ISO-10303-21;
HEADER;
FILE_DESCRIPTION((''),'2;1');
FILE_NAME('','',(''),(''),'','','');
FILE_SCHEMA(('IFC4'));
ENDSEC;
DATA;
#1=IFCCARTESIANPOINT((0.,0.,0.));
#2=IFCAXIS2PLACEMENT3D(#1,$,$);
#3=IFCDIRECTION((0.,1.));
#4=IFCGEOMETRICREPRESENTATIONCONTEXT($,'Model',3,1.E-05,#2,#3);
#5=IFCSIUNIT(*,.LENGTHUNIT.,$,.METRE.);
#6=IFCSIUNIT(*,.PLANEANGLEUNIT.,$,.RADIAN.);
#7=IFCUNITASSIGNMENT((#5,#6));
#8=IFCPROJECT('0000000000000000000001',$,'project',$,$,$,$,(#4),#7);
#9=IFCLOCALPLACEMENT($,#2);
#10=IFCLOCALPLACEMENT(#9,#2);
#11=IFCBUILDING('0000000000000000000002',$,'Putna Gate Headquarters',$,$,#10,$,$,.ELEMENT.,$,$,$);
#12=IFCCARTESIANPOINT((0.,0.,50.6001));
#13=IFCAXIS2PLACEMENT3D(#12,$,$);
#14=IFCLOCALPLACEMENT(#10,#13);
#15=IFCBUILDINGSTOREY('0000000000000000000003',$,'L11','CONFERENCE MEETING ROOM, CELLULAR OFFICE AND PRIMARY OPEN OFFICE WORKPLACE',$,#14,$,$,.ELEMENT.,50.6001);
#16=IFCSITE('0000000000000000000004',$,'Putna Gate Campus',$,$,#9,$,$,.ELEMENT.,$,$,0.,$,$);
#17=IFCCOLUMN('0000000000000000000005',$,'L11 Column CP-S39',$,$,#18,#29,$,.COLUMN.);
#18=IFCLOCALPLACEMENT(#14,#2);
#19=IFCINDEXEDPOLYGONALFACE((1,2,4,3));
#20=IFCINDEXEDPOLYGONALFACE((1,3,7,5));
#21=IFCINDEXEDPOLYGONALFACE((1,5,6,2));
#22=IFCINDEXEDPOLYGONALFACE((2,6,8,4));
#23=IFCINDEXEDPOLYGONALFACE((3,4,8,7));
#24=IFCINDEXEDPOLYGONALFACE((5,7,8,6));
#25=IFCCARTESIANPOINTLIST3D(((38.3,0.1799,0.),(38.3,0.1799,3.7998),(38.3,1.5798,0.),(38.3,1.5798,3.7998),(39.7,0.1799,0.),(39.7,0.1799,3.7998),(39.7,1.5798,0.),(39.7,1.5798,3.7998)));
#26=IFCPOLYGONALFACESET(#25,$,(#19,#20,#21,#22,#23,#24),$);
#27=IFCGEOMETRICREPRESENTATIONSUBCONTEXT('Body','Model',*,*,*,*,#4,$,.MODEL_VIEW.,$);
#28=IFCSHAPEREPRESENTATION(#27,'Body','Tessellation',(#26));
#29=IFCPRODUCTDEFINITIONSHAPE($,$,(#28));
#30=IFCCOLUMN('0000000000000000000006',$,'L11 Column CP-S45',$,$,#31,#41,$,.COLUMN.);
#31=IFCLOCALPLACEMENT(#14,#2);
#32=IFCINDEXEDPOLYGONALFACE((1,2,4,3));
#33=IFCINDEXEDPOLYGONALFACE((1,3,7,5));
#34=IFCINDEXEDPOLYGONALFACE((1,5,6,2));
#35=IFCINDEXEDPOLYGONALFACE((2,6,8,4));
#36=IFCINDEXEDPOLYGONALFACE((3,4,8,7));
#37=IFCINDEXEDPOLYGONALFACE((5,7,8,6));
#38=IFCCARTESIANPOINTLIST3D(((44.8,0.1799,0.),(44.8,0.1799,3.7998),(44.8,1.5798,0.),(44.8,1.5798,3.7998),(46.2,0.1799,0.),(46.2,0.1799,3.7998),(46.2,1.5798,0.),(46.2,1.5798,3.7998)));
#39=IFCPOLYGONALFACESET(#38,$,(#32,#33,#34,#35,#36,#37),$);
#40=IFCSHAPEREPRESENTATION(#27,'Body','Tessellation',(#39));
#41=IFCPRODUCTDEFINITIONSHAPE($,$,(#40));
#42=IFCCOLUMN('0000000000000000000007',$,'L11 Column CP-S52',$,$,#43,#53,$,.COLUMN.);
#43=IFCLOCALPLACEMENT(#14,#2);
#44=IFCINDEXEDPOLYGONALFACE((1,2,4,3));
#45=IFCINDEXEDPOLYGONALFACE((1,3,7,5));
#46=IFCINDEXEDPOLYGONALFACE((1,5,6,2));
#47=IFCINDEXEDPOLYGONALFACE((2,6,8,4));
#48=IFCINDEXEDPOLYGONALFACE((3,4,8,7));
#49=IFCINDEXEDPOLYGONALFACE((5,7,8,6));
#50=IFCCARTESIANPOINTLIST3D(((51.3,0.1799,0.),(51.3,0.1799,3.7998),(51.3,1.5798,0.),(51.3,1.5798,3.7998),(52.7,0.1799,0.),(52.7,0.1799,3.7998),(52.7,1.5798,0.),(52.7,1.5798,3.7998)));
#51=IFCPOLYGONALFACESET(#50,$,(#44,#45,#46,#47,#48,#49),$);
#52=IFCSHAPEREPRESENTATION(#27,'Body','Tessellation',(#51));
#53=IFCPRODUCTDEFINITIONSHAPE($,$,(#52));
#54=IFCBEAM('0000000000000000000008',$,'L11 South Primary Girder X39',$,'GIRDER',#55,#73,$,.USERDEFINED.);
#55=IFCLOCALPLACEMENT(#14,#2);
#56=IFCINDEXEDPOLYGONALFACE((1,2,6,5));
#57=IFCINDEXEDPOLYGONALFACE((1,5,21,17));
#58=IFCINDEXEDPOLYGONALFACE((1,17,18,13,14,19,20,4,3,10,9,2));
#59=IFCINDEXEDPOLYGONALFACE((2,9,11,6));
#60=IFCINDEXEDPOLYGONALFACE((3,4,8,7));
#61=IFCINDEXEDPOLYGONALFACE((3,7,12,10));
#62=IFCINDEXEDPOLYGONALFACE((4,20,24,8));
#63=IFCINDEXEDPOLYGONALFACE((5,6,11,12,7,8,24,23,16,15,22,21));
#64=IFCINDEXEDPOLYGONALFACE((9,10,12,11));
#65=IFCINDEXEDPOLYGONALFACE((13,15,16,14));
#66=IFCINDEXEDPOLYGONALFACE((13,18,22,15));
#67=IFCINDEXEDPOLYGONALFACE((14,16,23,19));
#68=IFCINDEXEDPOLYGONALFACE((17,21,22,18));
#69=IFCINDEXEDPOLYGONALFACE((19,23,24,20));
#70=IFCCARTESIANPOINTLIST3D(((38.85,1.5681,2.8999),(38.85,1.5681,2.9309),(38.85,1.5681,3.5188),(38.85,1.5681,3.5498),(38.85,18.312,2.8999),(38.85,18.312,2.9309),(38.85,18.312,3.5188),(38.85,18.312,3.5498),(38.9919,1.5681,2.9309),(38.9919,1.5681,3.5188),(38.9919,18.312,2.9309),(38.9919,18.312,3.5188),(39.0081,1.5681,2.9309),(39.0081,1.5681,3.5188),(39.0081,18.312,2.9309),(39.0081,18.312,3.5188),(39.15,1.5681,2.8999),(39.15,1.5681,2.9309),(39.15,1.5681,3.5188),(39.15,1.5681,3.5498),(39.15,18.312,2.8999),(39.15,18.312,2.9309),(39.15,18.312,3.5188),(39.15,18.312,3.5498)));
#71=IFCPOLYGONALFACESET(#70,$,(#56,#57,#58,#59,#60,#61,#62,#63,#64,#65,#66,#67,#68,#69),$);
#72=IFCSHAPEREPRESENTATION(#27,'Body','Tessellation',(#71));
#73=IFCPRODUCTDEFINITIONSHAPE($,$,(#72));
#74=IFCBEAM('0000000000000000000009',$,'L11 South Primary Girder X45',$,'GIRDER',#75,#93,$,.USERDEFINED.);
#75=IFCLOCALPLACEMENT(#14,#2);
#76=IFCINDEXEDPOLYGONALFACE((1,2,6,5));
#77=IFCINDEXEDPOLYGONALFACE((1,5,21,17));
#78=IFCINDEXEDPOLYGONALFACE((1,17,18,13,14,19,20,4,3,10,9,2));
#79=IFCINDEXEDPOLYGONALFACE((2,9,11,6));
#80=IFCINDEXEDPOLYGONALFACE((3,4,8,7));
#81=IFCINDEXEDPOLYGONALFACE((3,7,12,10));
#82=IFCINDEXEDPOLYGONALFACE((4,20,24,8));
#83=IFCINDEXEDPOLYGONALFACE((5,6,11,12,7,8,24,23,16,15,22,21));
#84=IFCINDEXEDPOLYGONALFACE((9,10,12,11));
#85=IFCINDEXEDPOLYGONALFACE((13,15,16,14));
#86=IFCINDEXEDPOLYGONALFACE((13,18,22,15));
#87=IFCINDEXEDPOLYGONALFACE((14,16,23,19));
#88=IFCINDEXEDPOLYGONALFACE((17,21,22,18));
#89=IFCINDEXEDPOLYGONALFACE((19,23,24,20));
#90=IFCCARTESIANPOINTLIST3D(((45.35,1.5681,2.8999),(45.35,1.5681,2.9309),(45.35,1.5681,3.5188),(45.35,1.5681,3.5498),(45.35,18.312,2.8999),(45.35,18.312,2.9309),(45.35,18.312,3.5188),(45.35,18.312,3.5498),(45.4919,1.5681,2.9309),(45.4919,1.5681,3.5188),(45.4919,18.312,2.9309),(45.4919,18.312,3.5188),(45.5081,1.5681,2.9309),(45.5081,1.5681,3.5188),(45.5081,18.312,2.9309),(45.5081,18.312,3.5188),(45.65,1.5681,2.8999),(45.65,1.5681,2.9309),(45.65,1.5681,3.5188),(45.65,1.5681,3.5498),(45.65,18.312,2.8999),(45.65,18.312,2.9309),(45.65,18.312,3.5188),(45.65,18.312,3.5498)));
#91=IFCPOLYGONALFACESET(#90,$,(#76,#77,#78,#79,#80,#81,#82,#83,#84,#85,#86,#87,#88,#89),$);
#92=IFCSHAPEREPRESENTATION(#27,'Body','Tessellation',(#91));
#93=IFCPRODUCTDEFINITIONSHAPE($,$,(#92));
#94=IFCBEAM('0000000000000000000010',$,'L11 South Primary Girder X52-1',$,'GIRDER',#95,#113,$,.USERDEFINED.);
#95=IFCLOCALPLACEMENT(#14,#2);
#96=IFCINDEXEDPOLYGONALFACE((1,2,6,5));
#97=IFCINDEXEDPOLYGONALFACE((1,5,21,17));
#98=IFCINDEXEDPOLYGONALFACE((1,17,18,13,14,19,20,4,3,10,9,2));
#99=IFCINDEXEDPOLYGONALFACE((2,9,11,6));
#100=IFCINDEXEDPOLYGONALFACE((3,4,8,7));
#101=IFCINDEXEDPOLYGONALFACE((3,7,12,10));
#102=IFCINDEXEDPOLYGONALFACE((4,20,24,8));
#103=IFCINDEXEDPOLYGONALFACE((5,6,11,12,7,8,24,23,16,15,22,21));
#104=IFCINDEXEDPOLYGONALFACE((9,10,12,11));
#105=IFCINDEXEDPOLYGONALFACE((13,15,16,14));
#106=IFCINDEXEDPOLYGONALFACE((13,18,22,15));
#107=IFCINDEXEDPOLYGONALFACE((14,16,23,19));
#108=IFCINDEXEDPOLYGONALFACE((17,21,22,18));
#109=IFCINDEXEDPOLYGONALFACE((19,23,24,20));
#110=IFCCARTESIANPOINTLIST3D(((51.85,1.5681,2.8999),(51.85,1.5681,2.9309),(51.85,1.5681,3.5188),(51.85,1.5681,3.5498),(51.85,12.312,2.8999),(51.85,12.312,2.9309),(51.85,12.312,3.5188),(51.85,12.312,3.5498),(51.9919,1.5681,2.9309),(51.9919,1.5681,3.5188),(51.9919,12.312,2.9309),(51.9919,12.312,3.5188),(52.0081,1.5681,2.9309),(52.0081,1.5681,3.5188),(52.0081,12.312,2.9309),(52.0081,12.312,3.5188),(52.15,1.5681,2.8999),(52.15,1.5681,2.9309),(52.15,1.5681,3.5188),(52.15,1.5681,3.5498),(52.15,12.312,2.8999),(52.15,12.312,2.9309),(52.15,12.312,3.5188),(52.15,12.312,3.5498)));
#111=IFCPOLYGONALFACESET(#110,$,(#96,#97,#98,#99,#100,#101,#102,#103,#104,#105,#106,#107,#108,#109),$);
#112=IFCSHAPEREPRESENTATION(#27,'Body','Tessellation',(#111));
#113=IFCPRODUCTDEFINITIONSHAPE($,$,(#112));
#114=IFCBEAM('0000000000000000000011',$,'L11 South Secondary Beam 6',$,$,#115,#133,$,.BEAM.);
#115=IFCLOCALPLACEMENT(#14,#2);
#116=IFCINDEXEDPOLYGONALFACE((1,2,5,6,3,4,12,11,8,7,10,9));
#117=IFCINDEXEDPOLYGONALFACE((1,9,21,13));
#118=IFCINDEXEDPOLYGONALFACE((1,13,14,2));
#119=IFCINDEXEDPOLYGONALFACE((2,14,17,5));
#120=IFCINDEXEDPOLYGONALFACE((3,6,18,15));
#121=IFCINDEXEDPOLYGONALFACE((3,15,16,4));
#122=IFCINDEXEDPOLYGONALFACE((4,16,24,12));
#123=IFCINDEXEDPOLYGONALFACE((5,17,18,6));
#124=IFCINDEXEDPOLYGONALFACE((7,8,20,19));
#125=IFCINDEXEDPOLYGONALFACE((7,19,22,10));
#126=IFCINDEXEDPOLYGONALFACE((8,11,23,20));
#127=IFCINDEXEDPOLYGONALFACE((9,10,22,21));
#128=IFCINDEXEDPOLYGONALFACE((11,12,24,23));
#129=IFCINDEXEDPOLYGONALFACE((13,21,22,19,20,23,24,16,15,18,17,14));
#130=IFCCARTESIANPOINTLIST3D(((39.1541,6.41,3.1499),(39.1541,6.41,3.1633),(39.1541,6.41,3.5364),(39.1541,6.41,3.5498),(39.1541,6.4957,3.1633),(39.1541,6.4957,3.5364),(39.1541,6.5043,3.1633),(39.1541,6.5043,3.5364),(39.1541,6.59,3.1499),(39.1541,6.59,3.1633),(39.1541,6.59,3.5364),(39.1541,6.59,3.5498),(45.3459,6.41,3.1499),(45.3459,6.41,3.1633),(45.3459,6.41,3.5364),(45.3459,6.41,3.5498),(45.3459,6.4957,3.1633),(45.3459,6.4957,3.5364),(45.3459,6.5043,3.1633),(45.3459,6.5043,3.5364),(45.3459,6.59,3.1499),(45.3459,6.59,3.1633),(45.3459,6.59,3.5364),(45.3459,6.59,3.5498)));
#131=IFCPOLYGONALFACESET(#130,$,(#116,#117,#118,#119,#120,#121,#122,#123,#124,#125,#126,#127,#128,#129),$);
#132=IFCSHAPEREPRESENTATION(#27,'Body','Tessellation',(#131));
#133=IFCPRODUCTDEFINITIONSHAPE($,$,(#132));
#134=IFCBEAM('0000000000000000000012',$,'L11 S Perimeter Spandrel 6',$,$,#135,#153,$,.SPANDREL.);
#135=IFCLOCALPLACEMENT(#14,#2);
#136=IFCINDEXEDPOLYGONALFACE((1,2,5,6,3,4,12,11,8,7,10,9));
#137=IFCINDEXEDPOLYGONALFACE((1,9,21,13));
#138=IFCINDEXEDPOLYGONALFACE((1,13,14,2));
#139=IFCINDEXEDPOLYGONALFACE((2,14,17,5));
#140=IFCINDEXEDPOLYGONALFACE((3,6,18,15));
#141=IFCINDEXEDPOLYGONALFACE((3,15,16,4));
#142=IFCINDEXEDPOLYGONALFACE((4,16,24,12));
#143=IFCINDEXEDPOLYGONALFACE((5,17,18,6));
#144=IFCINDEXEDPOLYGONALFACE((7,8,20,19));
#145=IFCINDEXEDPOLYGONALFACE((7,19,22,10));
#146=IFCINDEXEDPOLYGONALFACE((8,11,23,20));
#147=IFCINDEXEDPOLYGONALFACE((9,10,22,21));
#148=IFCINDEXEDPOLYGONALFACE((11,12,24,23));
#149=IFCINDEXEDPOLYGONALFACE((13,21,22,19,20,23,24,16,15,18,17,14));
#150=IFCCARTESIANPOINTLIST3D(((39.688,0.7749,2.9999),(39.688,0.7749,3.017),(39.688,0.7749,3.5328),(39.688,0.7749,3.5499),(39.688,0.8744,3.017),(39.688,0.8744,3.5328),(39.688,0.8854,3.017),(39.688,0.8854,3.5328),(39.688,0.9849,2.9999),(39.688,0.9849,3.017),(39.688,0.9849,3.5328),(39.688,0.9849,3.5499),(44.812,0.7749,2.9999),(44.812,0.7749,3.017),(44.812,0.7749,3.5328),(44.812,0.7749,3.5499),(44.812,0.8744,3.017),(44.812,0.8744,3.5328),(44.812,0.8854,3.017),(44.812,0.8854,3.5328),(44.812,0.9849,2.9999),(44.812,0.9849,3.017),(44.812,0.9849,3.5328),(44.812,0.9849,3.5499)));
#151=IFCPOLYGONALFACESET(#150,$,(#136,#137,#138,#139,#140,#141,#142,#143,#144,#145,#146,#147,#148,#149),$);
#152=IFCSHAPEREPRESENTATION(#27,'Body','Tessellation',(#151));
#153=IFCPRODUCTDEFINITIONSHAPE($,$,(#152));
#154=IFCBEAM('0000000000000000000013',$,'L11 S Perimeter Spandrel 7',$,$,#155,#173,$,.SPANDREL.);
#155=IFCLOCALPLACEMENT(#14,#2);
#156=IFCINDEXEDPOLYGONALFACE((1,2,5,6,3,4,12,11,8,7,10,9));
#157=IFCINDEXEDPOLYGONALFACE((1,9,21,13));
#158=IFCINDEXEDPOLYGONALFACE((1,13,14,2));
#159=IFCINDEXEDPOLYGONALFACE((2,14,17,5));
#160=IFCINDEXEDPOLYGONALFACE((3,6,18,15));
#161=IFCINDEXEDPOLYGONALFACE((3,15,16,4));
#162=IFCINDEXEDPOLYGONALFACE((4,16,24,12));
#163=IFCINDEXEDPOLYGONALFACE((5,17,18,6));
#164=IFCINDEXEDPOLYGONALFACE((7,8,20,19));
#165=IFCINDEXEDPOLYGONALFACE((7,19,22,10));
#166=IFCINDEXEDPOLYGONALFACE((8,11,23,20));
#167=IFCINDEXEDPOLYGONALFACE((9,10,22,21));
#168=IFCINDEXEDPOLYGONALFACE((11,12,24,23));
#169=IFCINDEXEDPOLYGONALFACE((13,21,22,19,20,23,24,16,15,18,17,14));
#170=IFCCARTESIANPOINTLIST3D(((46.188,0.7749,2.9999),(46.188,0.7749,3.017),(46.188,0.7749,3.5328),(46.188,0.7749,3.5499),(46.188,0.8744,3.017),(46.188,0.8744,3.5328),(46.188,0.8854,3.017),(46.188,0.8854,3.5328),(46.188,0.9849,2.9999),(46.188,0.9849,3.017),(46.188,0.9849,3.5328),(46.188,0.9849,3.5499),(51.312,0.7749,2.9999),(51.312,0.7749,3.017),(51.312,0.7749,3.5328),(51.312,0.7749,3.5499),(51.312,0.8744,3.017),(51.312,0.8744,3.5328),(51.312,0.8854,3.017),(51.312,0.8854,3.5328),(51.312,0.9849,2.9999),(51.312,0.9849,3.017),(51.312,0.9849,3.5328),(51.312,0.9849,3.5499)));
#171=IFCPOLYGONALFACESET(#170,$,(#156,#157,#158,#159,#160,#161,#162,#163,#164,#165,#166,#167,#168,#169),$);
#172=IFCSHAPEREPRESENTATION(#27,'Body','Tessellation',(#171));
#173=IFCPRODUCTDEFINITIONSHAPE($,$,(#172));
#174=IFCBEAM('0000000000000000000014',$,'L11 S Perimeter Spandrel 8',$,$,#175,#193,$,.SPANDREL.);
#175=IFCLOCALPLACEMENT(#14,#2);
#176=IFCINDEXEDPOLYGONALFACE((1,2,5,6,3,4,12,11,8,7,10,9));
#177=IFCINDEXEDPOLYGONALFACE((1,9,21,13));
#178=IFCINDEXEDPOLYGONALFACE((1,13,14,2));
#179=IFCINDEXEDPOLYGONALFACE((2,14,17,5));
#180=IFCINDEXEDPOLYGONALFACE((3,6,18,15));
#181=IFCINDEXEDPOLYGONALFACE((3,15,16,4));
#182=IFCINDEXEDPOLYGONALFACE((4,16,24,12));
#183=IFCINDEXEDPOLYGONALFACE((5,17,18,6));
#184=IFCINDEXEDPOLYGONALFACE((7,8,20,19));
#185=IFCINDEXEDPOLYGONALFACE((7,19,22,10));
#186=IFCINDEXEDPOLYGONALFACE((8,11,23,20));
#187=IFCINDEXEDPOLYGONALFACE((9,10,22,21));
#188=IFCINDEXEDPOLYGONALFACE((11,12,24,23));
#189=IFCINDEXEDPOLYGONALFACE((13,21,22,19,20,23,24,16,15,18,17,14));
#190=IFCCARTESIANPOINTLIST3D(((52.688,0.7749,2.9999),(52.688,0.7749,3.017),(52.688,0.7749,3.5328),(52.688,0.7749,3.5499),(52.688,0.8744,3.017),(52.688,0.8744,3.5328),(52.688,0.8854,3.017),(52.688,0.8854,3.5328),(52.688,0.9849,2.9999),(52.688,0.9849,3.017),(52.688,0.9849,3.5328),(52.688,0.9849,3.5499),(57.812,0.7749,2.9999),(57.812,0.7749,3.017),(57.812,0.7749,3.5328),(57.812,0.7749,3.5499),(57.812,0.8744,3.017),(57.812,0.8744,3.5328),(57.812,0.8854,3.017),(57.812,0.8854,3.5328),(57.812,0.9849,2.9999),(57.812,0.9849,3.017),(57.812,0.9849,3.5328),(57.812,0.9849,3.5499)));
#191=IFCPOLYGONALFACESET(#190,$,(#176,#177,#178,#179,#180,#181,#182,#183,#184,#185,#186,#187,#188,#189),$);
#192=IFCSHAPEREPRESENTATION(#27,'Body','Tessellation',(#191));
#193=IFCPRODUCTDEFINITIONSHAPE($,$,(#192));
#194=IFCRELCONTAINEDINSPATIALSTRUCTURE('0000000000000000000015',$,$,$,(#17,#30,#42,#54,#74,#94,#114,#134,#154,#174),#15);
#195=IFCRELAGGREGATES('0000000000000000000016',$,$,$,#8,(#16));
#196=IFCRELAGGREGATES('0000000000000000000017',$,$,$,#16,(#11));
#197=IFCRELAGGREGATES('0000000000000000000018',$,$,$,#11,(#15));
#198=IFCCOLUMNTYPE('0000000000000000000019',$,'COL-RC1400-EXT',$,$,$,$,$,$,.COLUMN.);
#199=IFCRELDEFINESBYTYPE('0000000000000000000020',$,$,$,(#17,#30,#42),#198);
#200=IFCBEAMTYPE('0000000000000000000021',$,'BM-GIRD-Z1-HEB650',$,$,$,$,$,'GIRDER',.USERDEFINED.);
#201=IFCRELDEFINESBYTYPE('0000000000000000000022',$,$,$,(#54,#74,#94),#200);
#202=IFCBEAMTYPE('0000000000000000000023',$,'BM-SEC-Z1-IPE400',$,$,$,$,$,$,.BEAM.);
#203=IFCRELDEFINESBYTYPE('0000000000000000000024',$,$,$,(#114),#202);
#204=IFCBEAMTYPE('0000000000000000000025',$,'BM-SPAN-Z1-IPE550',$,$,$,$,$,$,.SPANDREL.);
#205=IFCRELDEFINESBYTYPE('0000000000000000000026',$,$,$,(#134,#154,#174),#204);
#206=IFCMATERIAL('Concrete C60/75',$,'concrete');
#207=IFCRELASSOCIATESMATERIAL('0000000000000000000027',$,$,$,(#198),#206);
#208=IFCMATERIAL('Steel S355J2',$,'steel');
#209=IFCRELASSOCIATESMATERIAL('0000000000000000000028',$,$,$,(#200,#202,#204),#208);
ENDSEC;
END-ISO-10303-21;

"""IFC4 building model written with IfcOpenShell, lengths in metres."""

from ifc_helpers import new_model, si_unit, direction, frame, origin, origin_2d, place, context, subcontext, project, spatial, rectangle, i_section, extrude, material, material_profile, profile_set, type_object, element, save


model = new_model("IFC4")

# Units and contexts
model_context = context("Model", 3, precision=1e-05, world=origin(), true_north=direction((0.0, 1.0)))
body_context = subcontext(model_context, "Body", "Model", "MODEL_VIEW")
ifc_project = project(units=[si_unit("LENGTHUNIT", "METRE"), si_unit("PLANEANGLEUNIT", "RADIAN")], contexts=[model_context])

# Site, building, storey
site_placement = place(None, origin())
site = spatial("IfcSite", under=ifc_project, at=site_placement, Name="Putna Gate Campus", CompositionType="ELEMENT", RefElevation=0.0)
building_placement = place(site_placement, origin())
building = spatial("IfcBuilding", under=site, at=building_placement, Name="Putna Gate Headquarters", CompositionType="ELEMENT")
storey_placement = place(building_placement, frame((0.0, 0.0, 50.6001)))
storey = spatial("IfcBuildingStorey", under=building, at=storey_placement, Name="L11", Description="CONFERENCE MEETING ROOM, CELLULAR OFFICE AND PRIMARY OPEN OFFICE WORKPLACE", CompositionType="ELEMENT", Elevation=50.6001)

# Columns
ifc_material_1 = material(Name="Concrete C60/75", Category="concrete")
ifc_material_profile_1 = material_profile(ifc_material_1, rectangle(XDim=1.3999, YDim=1.3999, at=origin_2d()), Name="Concrete C60/75")
ifc_profile_set_1 = profile_set([ifc_material_profile_1], Name="Concrete C60/75")
column_type = type_object("IfcColumnType", Name="COL-RC1400-EXT", PredefinedType="COLUMN", material=ifc_profile_set_1)
for number, where, z_axis, x_axis, name in (
    (1, (39.0, 0.8799, 0.0), (0.0, 0.0, 1.0), (1.0, 0.0, 0.0), "L11 Column CP-S39"),
    (2, (45.5, 0.8799, 0.0), (0.0, 0.0, 1.0), (1.0, 0.0, 0.0), "L11 Column CP-S45"),
    (3, (52.0, 0.8799, 0.0), (0.0, 0.0, 1.0), (1.0, 0.0, 0.0), "L11 Column CP-S52"),
):
    element("IfcColumn", number, at=place(storey_placement, frame(where, z_axis=z_axis, x_axis=x_axis)), inside=storey, type_object=column_type, Name=name, PredefinedType="COLUMN", context=body_context, shape_type="SweptSolid", body=[
        extrude(rectangle(XDim=1.3999, YDim=1.3999, at=origin_2d()), origin(), (0.0, 0.0, 1.0), 3.7998),
    ])

# Beams
ifc_material_2 = material(Name="Steel S355J2", Category="steel")
ifc_material_profile_2 = material_profile(ifc_material_2, i_section(OverallWidth=0.3, OverallDepth=0.6499, WebThickness=0.0161, FlangeThickness=0.031, at=origin_2d()), Name="Steel S355J2")
ifc_profile_set_2 = profile_set([ifc_material_profile_2], Name="Steel S355J2")
beam_type_1 = type_object("IfcBeamType", Name="BM-GIRD-Z1-HEB650", ElementType="GIRDER", PredefinedType="USERDEFINED", material=ifc_profile_set_2)
for number, where, z_axis, x_axis, name in (
    (4, (39.0, 1.5681, 3.2249), (0.0, 1.0, 0.0), (-1.0, 0.0, 0.0), "L11 South Primary Girder X39"),
    (5, (45.5, 1.5681, 3.2249), (0.0, 1.0, 0.0), (-1.0, 0.0, 0.0), "L11 South Primary Girder X45"),
):
    element("IfcBeam", number, at=place(storey_placement, frame(where, z_axis=z_axis, x_axis=x_axis)), inside=storey, type_object=beam_type_1, Name=name, ObjectType="GIRDER", PredefinedType="USERDEFINED", context=body_context, shape_type="SweptSolid", body=[
        extrude(i_section(OverallWidth=0.3, OverallDepth=0.6499, WebThickness=0.0161, FlangeThickness=0.031, at=origin_2d()), origin(), (0.0, 0.0, 1.0), 16.7439),
    ])
beam_1_placement = place(storey_placement, frame((52.0, 1.5681, 3.2249), z_axis=(0.0, 1.0, 0.0), x_axis=(-1.0, 0.0, 0.0)))
element("IfcBeam", 6, at=beam_1_placement, inside=storey, type_object=beam_type_1, Name="L11 South Primary Girder X52-1", ObjectType="GIRDER", PredefinedType="USERDEFINED", context=body_context, shape_type="SweptSolid", body=[
    extrude(i_section(OverallWidth=0.3, OverallDepth=0.6499, WebThickness=0.0161, FlangeThickness=0.031, at=origin_2d()), origin(), (0.0, 0.0, 1.0), 10.7439),
])
ifc_material_profile_3 = material_profile(ifc_material_2, i_section(OverallWidth=0.1799, OverallDepth=0.3999, WebThickness=0.0085, FlangeThickness=0.0134, at=origin_2d()), Name="Steel S355J2")
ifc_profile_set_3 = profile_set([ifc_material_profile_3], Name="Steel S355J2")
beam_type_2 = type_object("IfcBeamType", Name="BM-SEC-Z1-IPE400", PredefinedType="BEAM", material=ifc_profile_set_3)
beam_2_placement = place(storey_placement, frame((39.1541, 6.5, 3.3499), z_axis=(1.0, 0.0, 0.0), x_axis=(0.0, 1.0, 0.0)))
element("IfcBeam", 7, at=beam_2_placement, inside=storey, type_object=beam_type_2, Name="L11 South Secondary Beam 6", PredefinedType="BEAM", context=body_context, shape_type="SweptSolid", body=[
    extrude(i_section(OverallWidth=0.1799, OverallDepth=0.3999, WebThickness=0.0085, FlangeThickness=0.0134, at=origin_2d()), origin(), (0.0, 0.0, 1.0), 6.1919),
])
ifc_material_profile_4 = material_profile(ifc_material_2, i_section(OverallWidth=0.21, OverallDepth=0.55, WebThickness=0.011, FlangeThickness=0.0171, at=origin_2d()), Name="Steel S355J2")
ifc_profile_set_4 = profile_set([ifc_material_profile_4], Name="Steel S355J2")
beam_type_3 = type_object("IfcBeamType", Name="BM-SPAN-Z1-IPE550", PredefinedType="SPANDREL", material=ifc_profile_set_4)
for number, where, z_axis, x_axis, name in (
    (8, (39.688, 0.8799, 3.2749), (1.0, 0.0, 0.0), (0.0, 1.0, 0.0), "L11 S Perimeter Spandrel 6"),
    (9, (46.188, 0.8799, 3.2749), (1.0, 0.0, 0.0), (0.0, 1.0, 0.0), "L11 S Perimeter Spandrel 7"),
    (10, (52.688, 0.8799, 3.2749), (1.0, 0.0, 0.0), (0.0, 1.0, 0.0), "L11 S Perimeter Spandrel 8"),
):
    element("IfcBeam", number, at=place(storey_placement, frame(where, z_axis=z_axis, x_axis=x_axis)), inside=storey, type_object=beam_type_3, Name=name, PredefinedType="SPANDREL", context=body_context, shape_type="SweptSolid", body=[
        extrude(i_section(OverallWidth=0.21, OverallDepth=0.55, WebThickness=0.011, FlangeThickness=0.0171, at=origin_2d()), origin(), (0.0, 0.0, 1.0), 5.124),
    ])

save(model, "model.ifc")
